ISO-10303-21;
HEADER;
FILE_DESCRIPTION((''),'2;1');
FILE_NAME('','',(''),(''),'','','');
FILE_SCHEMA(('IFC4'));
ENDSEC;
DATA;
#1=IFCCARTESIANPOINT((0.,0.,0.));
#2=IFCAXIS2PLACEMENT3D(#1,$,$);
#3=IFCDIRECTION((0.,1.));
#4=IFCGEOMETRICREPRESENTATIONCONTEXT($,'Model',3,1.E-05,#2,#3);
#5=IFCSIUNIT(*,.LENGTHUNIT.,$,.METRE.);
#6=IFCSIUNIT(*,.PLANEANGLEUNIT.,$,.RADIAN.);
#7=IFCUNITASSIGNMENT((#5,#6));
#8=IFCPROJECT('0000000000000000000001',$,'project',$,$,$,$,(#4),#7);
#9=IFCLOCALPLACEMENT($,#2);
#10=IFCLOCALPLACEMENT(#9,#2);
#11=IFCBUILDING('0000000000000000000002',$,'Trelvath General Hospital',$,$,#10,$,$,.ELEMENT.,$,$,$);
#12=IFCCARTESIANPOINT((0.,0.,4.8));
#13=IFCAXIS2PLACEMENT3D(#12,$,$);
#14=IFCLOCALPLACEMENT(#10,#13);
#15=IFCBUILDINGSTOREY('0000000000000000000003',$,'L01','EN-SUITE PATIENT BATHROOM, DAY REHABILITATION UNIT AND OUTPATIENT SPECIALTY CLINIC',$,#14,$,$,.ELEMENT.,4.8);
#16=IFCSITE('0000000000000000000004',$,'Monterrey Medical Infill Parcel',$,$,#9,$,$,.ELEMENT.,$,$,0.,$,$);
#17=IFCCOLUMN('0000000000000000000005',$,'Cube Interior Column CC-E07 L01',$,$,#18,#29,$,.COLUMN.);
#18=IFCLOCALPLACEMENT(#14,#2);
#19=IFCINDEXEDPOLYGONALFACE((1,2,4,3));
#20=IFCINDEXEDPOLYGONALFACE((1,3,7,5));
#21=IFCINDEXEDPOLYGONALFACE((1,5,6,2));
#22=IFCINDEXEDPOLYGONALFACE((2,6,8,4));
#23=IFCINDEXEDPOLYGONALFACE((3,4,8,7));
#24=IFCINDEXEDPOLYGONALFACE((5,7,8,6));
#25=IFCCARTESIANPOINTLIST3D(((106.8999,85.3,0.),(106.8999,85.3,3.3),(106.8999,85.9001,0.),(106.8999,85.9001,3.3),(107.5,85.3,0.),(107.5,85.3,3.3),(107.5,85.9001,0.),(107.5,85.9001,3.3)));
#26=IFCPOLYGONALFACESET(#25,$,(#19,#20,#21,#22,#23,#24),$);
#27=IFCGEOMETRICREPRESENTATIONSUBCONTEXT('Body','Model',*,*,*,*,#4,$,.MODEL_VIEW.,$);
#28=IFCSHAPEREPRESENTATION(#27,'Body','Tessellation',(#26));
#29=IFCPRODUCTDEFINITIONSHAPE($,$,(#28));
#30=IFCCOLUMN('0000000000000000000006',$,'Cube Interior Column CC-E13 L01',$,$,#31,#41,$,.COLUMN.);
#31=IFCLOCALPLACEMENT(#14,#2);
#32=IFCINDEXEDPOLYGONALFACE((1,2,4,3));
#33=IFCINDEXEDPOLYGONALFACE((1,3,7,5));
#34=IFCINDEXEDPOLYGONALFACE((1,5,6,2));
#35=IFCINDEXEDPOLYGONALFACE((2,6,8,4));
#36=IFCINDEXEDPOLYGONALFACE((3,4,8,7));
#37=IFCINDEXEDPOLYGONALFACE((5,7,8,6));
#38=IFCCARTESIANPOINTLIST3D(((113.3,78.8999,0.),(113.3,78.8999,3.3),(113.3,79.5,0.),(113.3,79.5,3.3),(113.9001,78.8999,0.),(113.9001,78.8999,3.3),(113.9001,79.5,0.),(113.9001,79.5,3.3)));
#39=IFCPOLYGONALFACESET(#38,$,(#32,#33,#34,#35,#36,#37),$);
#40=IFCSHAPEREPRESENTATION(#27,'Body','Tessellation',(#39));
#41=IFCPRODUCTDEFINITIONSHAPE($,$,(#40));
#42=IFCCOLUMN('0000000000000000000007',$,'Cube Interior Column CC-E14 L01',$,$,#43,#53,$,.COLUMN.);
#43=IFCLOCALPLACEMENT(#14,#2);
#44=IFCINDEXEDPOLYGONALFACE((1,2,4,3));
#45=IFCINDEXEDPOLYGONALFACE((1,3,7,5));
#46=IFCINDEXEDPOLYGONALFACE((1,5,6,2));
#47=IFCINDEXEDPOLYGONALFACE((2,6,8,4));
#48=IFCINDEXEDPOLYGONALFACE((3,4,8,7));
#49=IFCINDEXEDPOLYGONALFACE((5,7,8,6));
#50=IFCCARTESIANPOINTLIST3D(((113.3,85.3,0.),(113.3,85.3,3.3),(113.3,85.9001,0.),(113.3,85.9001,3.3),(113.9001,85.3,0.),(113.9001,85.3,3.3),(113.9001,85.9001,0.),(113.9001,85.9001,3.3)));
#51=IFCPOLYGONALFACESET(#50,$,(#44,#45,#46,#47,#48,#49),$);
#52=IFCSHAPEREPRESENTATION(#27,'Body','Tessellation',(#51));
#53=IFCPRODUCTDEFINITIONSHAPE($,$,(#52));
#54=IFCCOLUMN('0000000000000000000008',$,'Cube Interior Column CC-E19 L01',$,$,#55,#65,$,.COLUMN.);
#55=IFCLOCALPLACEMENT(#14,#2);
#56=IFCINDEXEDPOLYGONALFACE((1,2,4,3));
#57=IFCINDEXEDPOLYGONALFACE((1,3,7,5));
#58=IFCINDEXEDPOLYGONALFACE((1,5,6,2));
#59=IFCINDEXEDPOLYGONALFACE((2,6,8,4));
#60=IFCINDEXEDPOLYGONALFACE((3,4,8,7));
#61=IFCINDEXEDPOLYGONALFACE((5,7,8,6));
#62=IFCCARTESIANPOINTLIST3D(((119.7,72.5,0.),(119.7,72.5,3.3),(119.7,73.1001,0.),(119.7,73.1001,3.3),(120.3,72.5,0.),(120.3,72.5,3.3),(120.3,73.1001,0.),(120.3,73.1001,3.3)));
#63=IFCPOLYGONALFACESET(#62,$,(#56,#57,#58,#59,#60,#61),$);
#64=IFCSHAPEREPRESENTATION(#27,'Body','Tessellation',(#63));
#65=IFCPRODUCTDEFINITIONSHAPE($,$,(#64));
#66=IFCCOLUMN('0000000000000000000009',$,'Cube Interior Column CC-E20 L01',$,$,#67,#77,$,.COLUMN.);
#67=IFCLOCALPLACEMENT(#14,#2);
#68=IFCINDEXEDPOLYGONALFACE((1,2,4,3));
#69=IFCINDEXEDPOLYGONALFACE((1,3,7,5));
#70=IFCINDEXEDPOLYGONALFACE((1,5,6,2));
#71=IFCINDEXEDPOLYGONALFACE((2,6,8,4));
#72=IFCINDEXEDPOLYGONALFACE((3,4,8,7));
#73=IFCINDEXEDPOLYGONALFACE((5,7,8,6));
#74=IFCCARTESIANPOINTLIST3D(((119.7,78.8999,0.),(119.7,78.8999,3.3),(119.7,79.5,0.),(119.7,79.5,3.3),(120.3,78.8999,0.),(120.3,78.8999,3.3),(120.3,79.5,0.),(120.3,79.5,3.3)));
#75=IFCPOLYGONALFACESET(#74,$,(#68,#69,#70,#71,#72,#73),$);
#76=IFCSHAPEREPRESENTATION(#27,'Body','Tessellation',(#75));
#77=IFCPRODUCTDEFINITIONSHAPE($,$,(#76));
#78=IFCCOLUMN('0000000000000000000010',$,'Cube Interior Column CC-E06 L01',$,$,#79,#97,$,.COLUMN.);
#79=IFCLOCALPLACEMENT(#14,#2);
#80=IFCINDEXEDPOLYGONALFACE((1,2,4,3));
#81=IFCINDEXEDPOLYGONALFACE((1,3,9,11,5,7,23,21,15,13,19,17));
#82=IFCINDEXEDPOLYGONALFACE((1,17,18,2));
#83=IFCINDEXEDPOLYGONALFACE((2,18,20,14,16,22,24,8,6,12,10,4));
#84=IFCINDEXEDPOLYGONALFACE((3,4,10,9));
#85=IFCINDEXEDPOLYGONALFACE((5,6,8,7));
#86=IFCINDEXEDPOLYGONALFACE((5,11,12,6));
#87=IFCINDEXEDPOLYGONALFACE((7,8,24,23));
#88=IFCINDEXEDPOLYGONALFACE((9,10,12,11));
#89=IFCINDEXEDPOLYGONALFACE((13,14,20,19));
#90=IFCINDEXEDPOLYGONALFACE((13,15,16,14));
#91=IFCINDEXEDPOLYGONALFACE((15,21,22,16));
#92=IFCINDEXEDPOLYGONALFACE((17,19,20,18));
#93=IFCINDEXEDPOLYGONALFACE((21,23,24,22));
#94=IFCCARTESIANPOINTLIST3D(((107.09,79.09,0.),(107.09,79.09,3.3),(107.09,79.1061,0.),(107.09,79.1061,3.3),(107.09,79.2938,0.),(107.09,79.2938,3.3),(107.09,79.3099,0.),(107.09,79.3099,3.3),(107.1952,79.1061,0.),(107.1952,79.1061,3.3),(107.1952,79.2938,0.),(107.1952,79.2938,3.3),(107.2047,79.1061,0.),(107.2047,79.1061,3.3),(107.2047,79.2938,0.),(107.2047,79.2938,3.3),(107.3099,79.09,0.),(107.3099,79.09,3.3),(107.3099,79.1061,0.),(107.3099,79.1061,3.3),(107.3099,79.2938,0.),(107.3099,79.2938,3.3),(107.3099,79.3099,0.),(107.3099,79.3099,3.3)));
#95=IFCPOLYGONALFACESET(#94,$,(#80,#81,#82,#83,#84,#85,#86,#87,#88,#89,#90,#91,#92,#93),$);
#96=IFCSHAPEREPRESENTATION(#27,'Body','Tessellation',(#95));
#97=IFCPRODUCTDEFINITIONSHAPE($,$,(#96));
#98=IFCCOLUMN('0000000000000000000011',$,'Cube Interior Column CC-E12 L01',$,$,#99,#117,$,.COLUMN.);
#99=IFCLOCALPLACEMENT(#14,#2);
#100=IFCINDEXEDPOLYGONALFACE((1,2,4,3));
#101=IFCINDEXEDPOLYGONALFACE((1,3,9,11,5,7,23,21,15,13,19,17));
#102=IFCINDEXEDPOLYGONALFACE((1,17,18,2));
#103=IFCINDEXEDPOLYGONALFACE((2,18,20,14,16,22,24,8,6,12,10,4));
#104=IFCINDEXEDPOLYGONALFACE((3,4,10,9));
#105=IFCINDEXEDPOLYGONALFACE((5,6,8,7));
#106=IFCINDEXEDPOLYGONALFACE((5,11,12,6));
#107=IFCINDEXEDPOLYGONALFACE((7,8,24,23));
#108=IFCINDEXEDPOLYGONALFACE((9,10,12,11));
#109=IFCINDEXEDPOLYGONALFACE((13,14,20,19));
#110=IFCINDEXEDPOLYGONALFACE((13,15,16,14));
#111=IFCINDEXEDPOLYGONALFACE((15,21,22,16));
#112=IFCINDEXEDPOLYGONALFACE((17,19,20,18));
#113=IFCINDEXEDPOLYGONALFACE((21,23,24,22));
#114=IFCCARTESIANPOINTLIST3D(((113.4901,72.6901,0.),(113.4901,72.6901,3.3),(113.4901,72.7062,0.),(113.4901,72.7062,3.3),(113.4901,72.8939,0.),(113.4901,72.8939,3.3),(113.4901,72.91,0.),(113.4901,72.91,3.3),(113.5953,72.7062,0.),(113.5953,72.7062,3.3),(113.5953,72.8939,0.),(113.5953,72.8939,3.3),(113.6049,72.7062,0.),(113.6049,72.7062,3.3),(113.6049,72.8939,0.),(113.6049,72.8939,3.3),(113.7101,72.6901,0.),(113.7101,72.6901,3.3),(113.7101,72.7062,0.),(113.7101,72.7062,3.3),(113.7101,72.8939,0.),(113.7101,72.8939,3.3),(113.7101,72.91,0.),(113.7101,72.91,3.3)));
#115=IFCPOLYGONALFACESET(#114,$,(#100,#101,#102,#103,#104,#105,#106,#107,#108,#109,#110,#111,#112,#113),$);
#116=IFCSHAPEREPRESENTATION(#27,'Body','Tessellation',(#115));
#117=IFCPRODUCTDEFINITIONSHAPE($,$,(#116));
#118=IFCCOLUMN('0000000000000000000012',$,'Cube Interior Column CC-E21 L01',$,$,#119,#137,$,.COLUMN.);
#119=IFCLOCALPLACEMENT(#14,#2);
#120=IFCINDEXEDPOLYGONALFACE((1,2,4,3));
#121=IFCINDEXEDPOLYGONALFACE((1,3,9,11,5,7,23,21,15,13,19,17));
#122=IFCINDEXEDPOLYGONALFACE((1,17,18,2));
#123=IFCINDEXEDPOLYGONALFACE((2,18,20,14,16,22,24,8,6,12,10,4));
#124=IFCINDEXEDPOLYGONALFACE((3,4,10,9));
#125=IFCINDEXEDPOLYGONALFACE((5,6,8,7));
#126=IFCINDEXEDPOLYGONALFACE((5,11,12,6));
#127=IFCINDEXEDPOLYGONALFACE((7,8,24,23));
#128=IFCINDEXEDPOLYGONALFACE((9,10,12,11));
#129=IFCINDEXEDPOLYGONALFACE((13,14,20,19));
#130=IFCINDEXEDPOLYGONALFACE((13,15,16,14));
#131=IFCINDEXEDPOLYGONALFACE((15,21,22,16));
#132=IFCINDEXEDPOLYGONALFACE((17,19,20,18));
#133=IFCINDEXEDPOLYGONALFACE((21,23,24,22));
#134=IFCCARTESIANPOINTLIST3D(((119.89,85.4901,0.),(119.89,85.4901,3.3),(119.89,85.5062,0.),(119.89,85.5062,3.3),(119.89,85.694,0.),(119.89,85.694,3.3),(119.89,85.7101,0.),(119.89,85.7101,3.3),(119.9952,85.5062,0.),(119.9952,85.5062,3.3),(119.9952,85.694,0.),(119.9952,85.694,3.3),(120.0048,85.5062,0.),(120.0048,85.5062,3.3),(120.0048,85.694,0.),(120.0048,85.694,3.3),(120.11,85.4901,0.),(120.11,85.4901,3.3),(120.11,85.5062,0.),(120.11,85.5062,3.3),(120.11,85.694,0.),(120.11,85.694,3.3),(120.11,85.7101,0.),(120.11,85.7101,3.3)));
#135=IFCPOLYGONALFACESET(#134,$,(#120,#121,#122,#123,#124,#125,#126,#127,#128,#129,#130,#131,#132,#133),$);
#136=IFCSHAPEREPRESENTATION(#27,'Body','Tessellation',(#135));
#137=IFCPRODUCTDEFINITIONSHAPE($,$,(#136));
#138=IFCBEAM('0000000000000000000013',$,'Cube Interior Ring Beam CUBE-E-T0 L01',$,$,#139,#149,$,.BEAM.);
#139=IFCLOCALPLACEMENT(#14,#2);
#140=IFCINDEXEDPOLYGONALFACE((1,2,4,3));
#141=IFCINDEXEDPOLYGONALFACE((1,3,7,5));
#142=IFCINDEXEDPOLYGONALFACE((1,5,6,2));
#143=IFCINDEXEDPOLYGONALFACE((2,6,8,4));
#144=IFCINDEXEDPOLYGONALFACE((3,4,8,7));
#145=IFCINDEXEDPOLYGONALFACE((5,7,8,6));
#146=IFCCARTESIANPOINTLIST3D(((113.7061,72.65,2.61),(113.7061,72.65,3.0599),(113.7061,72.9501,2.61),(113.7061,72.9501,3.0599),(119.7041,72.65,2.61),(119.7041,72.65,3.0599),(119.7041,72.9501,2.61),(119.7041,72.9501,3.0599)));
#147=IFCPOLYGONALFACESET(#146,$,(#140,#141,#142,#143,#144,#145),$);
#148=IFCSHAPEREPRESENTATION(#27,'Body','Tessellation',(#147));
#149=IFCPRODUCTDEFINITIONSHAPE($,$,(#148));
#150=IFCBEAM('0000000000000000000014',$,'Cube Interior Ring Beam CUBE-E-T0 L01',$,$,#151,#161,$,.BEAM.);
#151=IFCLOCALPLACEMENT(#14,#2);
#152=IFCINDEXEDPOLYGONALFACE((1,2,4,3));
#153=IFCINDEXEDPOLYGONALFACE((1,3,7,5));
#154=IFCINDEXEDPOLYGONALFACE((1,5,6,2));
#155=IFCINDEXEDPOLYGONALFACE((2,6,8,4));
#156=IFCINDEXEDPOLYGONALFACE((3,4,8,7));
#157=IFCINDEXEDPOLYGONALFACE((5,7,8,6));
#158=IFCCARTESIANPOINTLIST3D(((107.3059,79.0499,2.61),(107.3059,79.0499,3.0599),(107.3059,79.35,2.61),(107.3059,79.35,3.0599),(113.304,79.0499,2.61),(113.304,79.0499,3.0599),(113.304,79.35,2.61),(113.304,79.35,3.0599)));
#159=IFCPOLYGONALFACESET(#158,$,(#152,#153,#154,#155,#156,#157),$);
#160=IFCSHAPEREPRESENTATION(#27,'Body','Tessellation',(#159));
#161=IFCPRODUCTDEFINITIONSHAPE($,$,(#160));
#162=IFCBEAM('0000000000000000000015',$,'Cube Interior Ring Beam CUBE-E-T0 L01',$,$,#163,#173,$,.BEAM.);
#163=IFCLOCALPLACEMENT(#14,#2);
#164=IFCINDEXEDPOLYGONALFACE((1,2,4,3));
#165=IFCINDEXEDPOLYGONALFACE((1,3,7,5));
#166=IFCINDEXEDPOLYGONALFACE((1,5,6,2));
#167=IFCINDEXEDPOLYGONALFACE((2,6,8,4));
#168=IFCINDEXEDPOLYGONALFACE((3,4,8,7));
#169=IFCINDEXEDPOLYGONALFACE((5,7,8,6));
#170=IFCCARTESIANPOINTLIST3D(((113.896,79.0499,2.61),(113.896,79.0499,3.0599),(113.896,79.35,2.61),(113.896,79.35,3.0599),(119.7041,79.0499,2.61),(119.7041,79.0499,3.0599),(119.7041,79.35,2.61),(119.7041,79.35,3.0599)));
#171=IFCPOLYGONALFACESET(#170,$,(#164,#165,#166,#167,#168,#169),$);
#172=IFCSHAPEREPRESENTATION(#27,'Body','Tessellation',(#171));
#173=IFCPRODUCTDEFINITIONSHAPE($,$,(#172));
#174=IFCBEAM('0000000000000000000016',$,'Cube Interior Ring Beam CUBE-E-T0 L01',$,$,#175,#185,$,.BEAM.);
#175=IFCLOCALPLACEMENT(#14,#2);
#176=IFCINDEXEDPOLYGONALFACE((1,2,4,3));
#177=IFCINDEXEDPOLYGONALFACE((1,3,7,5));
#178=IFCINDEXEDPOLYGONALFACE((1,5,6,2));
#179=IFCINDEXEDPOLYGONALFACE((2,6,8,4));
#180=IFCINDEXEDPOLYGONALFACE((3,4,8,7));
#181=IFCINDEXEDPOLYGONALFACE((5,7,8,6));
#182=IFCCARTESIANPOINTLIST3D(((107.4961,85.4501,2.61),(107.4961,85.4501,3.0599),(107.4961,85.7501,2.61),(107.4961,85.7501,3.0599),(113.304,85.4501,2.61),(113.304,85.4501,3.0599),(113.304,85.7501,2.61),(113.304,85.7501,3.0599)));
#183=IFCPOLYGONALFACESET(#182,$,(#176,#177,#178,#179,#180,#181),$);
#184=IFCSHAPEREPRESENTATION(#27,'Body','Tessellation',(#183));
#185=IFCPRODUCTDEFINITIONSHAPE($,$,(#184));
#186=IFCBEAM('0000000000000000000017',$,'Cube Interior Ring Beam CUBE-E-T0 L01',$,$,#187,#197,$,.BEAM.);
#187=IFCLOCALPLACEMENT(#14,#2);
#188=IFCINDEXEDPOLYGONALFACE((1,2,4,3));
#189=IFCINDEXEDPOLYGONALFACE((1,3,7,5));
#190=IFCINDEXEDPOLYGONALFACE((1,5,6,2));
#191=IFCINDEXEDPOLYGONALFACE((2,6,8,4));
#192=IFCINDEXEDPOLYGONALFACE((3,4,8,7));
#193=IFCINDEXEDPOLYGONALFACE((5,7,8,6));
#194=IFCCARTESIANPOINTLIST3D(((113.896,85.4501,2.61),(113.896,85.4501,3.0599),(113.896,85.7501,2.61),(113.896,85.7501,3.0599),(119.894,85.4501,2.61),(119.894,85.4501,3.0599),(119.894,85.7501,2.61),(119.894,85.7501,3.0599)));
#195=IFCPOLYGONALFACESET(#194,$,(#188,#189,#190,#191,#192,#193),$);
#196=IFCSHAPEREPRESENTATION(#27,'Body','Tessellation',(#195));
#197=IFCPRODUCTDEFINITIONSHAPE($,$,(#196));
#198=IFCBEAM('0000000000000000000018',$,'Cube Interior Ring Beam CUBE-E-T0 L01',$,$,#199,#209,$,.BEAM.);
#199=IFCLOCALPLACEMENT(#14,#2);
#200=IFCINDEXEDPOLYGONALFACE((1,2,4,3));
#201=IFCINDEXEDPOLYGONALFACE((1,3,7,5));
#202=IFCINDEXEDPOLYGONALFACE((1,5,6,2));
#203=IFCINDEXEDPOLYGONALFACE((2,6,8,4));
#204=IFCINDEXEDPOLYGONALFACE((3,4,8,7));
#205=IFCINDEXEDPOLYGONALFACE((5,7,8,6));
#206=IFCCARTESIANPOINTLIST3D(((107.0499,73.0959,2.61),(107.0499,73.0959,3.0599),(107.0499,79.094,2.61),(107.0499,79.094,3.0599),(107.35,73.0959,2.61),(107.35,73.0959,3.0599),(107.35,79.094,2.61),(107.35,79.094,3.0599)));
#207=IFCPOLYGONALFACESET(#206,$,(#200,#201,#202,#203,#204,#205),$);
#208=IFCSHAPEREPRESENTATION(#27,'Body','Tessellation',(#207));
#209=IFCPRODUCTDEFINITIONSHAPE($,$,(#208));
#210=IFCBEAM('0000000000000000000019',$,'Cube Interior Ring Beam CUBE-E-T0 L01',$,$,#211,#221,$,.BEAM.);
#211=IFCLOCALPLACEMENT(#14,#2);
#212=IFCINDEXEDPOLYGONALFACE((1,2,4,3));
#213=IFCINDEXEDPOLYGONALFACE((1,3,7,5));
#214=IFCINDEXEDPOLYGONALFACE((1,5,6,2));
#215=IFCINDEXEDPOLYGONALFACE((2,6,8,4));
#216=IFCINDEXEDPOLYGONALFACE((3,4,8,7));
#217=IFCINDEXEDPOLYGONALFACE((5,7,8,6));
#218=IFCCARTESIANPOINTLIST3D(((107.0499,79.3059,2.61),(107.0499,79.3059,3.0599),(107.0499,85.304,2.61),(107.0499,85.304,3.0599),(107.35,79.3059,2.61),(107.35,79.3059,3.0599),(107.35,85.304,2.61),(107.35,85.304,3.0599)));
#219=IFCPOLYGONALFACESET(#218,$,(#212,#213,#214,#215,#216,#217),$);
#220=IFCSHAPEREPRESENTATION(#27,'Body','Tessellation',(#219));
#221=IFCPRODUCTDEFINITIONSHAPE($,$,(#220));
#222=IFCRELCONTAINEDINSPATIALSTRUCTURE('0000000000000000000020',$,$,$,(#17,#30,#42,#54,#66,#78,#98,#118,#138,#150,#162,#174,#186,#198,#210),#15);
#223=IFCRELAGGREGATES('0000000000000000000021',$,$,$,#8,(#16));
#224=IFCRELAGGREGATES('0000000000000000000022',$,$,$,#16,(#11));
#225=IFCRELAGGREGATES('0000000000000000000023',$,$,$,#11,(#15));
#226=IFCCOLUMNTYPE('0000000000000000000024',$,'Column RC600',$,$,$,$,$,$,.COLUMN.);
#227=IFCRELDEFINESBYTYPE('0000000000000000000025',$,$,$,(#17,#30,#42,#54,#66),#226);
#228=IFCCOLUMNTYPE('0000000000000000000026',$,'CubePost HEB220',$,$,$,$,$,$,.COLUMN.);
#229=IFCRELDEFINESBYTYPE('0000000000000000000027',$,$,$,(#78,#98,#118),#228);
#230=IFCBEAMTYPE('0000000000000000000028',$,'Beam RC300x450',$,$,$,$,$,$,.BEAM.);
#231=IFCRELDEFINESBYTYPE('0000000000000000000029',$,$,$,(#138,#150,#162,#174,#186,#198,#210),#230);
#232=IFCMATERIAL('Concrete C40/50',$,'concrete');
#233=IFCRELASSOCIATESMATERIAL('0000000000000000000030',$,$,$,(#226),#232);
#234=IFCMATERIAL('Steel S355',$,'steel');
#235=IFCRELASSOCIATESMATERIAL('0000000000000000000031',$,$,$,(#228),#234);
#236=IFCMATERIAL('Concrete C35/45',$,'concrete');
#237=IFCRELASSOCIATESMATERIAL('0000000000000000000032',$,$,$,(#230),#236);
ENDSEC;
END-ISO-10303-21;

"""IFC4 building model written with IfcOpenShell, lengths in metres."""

from ifc_helpers import new_model, si_unit, direction, frame, origin, origin_2d, place, context, subcontext, project, spatial, rectangle, i_section, extrude, material, material_profile, profile_set, type_object, element, save


model = new_model("IFC4")

# Units and contexts
model_context = context("Model", 3, precision=1e-05, world=origin(), true_north=direction((0.0, 1.0)))
body_context = subcontext(model_context, "Body", "Model", "MODEL_VIEW")
ifc_project = project(units=[si_unit("LENGTHUNIT", "METRE"), si_unit("PLANEANGLEUNIT", "RADIAN")], contexts=[model_context])

# Site, building, storey
site_placement = place(None, origin())
site = spatial("IfcSite", under=ifc_project, at=site_placement, Name="Monterrey Medical Infill Parcel", CompositionType="ELEMENT", RefElevation=0.0)
building_placement = place(site_placement, origin())
building = spatial("IfcBuilding", under=site, at=building_placement, Name="Trelvath General Hospital", CompositionType="ELEMENT")
storey_placement = place(building_placement, frame((0.0, 0.0, 4.8)))
storey = spatial("IfcBuildingStorey", under=building, at=storey_placement, Name="L01", Description="EN-SUITE PATIENT BATHROOM, DAY REHABILITATION UNIT AND OUTPATIENT SPECIALTY CLINIC", CompositionType="ELEMENT", Elevation=4.8)

# Columns
ifc_material_1 = material(Name="Concrete C40/50", Category="concrete")
ifc_material_profile_1 = material_profile(ifc_material_1, rectangle(XDim=0.6001, YDim=0.6001, at=origin_2d()), Name="RC600x600")
ifc_profile_set_1 = profile_set([ifc_material_profile_1], Name="Concrete C40/50")
column_type_1 = type_object("IfcColumnType", Name="Column RC600", PredefinedType="COLUMN", material=ifc_profile_set_1)
for number, where, z_axis, x_axis, name in (
    (1, (107.2, 85.6001, 0.0), (0.0, 0.0, 1.0), (1.0, 0.0, 0.0), "Cube Interior Column CC-E07 L01"),
    (2, (113.6001, 79.2, 0.0), (0.0, 0.0, 1.0), (1.0, 0.0, 0.0), "Cube Interior Column CC-E13 L01"),
    (3, (113.6001, 85.6001, 0.0), (0.0, 0.0, 1.0), (1.0, 0.0, 0.0), "Cube Interior Column CC-E14 L01"),
    (4, (120.0, 72.8, 0.0), (0.0, 0.0, 1.0), (1.0, 0.0, 0.0), "Cube Interior Column CC-E19 L01"),
    (5, (120.0, 79.2, 0.0), (0.0, 0.0, 1.0), (1.0, 0.0, 0.0), "Cube Interior Column CC-E20 L01"),
):
    element("IfcColumn", number, at=place(storey_placement, frame(where, z_axis=z_axis, x_axis=x_axis)), inside=storey, type_object=column_type_1, Name=name, PredefinedType="COLUMN", context=body_context, shape_type="SweptSolid", body=[
        extrude(rectangle(XDim=0.6001, YDim=0.6001, at=origin_2d()), origin(), (0.0, 0.0, 1.0), 3.3),
    ])
ifc_material_2 = material(Name="Steel S355", Category="steel")
ifc_material_profile_2 = material_profile(ifc_material_2, i_section(OverallWidth=0.22, OverallDepth=0.22, WebThickness=0.0095, FlangeThickness=0.0161, at=origin_2d()), Name="HEB220")
ifc_profile_set_2 = profile_set([ifc_material_profile_2], Name="Steel S355")
column_type_2 = type_object("IfcColumnType", Name="CubePost HEB220", PredefinedType="COLUMN", material=ifc_profile_set_2)
for number, where, z_axis, x_axis, name in (
    (6, (107.2, 79.2, 0.0), (0.0, 0.0, 1.0), (1.0, 0.0, 0.0), "Cube Interior Column CC-E06 L01"),
    (7, (113.6001, 72.8, 0.0), (0.0, 0.0, 1.0), (1.0, 0.0, 0.0), "Cube Interior Column CC-E12 L01"),
    (8, (120.0, 85.6001, 0.0), (0.0, 0.0, 1.0), (1.0, 0.0, 0.0), "Cube Interior Column CC-E21 L01"),
):
    element("IfcColumn", number, at=place(storey_placement, frame(where, z_axis=z_axis, x_axis=x_axis)), inside=storey, type_object=column_type_2, Name=name, PredefinedType="COLUMN", context=body_context, shape_type="SweptSolid", body=[
        extrude(i_section(OverallWidth=0.22, OverallDepth=0.22, WebThickness=0.0095, FlangeThickness=0.0161, at=origin_2d()), origin(), (0.0, 0.0, 1.0), 3.3),
    ])

# Beams
ifc_material_3 = material(Name="Concrete C35/45", Category="concrete")
ifc_material_profile_3 = material_profile(ifc_material_3, rectangle(XDim=0.3, YDim=0.45, at=origin_2d()), Name="RCB300x450")
ifc_profile_set_3 = profile_set([ifc_material_profile_3], Name="Concrete C35/45")
beam_type = type_object("IfcBeamType", Name="Beam RC300x450", PredefinedType="BEAM", material=ifc_profile_set_3)
for number, where, z_axis, x_axis, name in (
    (9, (113.7061, 72.8, 2.835), (1.0, 0.0, 0.0), (0.0, 1.0, 0.0), "Cube Interior Ring Beam CUBE-E-T0 L01"),
    (10, (107.3059, 79.2, 2.835), (1.0, 0.0, 0.0), (0.0, 1.0, 0.0), "Cube Interior Ring Beam CUBE-E-T0 L01"),
):
    element("IfcBeam", number, at=place(storey_placement, frame(where, z_axis=z_axis, x_axis=x_axis)), inside=storey, type_object=beam_type, Name=name, PredefinedType="BEAM", context=body_context, shape_type="SweptSolid", body=[
        extrude(rectangle(XDim=0.3, YDim=0.45, at=origin_2d()), origin(), (0.0, 0.0, 1.0), 5.998),
    ])
beam_1_placement = place(storey_placement, frame((113.896, 79.2, 2.835), z_axis=(1.0, 0.0, 0.0), x_axis=(0.0, 1.0, 0.0)))
element("IfcBeam", 11, at=beam_1_placement, inside=storey, type_object=beam_type, Name="Cube Interior Ring Beam CUBE-E-T0 L01", PredefinedType="BEAM", context=body_context, shape_type="SweptSolid", body=[
    extrude(rectangle(XDim=0.3, YDim=0.45, at=origin_2d()), origin(), (0.0, 0.0, 1.0), 5.8081),
])
beam_2_placement = place(storey_placement, frame((107.4961, 85.6001, 2.835), z_axis=(1.0, 0.0, 0.0), x_axis=(0.0, 1.0, 0.0)))
element("IfcBeam", 12, at=beam_2_placement, inside=storey, type_object=beam_type, Name="Cube Interior Ring Beam CUBE-E-T0 L01", PredefinedType="BEAM", context=body_context, shape_type="SweptSolid", body=[
    extrude(rectangle(XDim=0.3, YDim=0.45, at=origin_2d()), origin(), (0.0, 0.0, 1.0), 5.8079),
])
for number, where, z_axis, x_axis, name in (
    (13, (113.896, 85.6001, 2.835), (1.0, 0.0, 0.0), (0.0, 1.0, 0.0), "Cube Interior Ring Beam CUBE-E-T0 L01"),
    (14, (107.2, 73.0959, 2.835), (0.0, 1.0, 0.0), (-1.0, 0.0, 0.0), "Cube Interior Ring Beam CUBE-E-T0 L01"),
    (15, (107.2, 79.3059, 2.835), (0.0, 1.0, 0.0), (-1.0, 0.0, 0.0), "Cube Interior Ring Beam CUBE-E-T0 L01"),
):
    element("IfcBeam", number, at=place(storey_placement, frame(where, z_axis=z_axis, x_axis=x_axis)), inside=storey, type_object=beam_type, Name=name, PredefinedType="BEAM", context=body_context, shape_type="SweptSolid", body=[
        extrude(rectangle(XDim=0.3, YDim=0.45, at=origin_2d()), origin(), (0.0, 0.0, 1.0), 5.998),
    ])

save(model, "model.ifc")
